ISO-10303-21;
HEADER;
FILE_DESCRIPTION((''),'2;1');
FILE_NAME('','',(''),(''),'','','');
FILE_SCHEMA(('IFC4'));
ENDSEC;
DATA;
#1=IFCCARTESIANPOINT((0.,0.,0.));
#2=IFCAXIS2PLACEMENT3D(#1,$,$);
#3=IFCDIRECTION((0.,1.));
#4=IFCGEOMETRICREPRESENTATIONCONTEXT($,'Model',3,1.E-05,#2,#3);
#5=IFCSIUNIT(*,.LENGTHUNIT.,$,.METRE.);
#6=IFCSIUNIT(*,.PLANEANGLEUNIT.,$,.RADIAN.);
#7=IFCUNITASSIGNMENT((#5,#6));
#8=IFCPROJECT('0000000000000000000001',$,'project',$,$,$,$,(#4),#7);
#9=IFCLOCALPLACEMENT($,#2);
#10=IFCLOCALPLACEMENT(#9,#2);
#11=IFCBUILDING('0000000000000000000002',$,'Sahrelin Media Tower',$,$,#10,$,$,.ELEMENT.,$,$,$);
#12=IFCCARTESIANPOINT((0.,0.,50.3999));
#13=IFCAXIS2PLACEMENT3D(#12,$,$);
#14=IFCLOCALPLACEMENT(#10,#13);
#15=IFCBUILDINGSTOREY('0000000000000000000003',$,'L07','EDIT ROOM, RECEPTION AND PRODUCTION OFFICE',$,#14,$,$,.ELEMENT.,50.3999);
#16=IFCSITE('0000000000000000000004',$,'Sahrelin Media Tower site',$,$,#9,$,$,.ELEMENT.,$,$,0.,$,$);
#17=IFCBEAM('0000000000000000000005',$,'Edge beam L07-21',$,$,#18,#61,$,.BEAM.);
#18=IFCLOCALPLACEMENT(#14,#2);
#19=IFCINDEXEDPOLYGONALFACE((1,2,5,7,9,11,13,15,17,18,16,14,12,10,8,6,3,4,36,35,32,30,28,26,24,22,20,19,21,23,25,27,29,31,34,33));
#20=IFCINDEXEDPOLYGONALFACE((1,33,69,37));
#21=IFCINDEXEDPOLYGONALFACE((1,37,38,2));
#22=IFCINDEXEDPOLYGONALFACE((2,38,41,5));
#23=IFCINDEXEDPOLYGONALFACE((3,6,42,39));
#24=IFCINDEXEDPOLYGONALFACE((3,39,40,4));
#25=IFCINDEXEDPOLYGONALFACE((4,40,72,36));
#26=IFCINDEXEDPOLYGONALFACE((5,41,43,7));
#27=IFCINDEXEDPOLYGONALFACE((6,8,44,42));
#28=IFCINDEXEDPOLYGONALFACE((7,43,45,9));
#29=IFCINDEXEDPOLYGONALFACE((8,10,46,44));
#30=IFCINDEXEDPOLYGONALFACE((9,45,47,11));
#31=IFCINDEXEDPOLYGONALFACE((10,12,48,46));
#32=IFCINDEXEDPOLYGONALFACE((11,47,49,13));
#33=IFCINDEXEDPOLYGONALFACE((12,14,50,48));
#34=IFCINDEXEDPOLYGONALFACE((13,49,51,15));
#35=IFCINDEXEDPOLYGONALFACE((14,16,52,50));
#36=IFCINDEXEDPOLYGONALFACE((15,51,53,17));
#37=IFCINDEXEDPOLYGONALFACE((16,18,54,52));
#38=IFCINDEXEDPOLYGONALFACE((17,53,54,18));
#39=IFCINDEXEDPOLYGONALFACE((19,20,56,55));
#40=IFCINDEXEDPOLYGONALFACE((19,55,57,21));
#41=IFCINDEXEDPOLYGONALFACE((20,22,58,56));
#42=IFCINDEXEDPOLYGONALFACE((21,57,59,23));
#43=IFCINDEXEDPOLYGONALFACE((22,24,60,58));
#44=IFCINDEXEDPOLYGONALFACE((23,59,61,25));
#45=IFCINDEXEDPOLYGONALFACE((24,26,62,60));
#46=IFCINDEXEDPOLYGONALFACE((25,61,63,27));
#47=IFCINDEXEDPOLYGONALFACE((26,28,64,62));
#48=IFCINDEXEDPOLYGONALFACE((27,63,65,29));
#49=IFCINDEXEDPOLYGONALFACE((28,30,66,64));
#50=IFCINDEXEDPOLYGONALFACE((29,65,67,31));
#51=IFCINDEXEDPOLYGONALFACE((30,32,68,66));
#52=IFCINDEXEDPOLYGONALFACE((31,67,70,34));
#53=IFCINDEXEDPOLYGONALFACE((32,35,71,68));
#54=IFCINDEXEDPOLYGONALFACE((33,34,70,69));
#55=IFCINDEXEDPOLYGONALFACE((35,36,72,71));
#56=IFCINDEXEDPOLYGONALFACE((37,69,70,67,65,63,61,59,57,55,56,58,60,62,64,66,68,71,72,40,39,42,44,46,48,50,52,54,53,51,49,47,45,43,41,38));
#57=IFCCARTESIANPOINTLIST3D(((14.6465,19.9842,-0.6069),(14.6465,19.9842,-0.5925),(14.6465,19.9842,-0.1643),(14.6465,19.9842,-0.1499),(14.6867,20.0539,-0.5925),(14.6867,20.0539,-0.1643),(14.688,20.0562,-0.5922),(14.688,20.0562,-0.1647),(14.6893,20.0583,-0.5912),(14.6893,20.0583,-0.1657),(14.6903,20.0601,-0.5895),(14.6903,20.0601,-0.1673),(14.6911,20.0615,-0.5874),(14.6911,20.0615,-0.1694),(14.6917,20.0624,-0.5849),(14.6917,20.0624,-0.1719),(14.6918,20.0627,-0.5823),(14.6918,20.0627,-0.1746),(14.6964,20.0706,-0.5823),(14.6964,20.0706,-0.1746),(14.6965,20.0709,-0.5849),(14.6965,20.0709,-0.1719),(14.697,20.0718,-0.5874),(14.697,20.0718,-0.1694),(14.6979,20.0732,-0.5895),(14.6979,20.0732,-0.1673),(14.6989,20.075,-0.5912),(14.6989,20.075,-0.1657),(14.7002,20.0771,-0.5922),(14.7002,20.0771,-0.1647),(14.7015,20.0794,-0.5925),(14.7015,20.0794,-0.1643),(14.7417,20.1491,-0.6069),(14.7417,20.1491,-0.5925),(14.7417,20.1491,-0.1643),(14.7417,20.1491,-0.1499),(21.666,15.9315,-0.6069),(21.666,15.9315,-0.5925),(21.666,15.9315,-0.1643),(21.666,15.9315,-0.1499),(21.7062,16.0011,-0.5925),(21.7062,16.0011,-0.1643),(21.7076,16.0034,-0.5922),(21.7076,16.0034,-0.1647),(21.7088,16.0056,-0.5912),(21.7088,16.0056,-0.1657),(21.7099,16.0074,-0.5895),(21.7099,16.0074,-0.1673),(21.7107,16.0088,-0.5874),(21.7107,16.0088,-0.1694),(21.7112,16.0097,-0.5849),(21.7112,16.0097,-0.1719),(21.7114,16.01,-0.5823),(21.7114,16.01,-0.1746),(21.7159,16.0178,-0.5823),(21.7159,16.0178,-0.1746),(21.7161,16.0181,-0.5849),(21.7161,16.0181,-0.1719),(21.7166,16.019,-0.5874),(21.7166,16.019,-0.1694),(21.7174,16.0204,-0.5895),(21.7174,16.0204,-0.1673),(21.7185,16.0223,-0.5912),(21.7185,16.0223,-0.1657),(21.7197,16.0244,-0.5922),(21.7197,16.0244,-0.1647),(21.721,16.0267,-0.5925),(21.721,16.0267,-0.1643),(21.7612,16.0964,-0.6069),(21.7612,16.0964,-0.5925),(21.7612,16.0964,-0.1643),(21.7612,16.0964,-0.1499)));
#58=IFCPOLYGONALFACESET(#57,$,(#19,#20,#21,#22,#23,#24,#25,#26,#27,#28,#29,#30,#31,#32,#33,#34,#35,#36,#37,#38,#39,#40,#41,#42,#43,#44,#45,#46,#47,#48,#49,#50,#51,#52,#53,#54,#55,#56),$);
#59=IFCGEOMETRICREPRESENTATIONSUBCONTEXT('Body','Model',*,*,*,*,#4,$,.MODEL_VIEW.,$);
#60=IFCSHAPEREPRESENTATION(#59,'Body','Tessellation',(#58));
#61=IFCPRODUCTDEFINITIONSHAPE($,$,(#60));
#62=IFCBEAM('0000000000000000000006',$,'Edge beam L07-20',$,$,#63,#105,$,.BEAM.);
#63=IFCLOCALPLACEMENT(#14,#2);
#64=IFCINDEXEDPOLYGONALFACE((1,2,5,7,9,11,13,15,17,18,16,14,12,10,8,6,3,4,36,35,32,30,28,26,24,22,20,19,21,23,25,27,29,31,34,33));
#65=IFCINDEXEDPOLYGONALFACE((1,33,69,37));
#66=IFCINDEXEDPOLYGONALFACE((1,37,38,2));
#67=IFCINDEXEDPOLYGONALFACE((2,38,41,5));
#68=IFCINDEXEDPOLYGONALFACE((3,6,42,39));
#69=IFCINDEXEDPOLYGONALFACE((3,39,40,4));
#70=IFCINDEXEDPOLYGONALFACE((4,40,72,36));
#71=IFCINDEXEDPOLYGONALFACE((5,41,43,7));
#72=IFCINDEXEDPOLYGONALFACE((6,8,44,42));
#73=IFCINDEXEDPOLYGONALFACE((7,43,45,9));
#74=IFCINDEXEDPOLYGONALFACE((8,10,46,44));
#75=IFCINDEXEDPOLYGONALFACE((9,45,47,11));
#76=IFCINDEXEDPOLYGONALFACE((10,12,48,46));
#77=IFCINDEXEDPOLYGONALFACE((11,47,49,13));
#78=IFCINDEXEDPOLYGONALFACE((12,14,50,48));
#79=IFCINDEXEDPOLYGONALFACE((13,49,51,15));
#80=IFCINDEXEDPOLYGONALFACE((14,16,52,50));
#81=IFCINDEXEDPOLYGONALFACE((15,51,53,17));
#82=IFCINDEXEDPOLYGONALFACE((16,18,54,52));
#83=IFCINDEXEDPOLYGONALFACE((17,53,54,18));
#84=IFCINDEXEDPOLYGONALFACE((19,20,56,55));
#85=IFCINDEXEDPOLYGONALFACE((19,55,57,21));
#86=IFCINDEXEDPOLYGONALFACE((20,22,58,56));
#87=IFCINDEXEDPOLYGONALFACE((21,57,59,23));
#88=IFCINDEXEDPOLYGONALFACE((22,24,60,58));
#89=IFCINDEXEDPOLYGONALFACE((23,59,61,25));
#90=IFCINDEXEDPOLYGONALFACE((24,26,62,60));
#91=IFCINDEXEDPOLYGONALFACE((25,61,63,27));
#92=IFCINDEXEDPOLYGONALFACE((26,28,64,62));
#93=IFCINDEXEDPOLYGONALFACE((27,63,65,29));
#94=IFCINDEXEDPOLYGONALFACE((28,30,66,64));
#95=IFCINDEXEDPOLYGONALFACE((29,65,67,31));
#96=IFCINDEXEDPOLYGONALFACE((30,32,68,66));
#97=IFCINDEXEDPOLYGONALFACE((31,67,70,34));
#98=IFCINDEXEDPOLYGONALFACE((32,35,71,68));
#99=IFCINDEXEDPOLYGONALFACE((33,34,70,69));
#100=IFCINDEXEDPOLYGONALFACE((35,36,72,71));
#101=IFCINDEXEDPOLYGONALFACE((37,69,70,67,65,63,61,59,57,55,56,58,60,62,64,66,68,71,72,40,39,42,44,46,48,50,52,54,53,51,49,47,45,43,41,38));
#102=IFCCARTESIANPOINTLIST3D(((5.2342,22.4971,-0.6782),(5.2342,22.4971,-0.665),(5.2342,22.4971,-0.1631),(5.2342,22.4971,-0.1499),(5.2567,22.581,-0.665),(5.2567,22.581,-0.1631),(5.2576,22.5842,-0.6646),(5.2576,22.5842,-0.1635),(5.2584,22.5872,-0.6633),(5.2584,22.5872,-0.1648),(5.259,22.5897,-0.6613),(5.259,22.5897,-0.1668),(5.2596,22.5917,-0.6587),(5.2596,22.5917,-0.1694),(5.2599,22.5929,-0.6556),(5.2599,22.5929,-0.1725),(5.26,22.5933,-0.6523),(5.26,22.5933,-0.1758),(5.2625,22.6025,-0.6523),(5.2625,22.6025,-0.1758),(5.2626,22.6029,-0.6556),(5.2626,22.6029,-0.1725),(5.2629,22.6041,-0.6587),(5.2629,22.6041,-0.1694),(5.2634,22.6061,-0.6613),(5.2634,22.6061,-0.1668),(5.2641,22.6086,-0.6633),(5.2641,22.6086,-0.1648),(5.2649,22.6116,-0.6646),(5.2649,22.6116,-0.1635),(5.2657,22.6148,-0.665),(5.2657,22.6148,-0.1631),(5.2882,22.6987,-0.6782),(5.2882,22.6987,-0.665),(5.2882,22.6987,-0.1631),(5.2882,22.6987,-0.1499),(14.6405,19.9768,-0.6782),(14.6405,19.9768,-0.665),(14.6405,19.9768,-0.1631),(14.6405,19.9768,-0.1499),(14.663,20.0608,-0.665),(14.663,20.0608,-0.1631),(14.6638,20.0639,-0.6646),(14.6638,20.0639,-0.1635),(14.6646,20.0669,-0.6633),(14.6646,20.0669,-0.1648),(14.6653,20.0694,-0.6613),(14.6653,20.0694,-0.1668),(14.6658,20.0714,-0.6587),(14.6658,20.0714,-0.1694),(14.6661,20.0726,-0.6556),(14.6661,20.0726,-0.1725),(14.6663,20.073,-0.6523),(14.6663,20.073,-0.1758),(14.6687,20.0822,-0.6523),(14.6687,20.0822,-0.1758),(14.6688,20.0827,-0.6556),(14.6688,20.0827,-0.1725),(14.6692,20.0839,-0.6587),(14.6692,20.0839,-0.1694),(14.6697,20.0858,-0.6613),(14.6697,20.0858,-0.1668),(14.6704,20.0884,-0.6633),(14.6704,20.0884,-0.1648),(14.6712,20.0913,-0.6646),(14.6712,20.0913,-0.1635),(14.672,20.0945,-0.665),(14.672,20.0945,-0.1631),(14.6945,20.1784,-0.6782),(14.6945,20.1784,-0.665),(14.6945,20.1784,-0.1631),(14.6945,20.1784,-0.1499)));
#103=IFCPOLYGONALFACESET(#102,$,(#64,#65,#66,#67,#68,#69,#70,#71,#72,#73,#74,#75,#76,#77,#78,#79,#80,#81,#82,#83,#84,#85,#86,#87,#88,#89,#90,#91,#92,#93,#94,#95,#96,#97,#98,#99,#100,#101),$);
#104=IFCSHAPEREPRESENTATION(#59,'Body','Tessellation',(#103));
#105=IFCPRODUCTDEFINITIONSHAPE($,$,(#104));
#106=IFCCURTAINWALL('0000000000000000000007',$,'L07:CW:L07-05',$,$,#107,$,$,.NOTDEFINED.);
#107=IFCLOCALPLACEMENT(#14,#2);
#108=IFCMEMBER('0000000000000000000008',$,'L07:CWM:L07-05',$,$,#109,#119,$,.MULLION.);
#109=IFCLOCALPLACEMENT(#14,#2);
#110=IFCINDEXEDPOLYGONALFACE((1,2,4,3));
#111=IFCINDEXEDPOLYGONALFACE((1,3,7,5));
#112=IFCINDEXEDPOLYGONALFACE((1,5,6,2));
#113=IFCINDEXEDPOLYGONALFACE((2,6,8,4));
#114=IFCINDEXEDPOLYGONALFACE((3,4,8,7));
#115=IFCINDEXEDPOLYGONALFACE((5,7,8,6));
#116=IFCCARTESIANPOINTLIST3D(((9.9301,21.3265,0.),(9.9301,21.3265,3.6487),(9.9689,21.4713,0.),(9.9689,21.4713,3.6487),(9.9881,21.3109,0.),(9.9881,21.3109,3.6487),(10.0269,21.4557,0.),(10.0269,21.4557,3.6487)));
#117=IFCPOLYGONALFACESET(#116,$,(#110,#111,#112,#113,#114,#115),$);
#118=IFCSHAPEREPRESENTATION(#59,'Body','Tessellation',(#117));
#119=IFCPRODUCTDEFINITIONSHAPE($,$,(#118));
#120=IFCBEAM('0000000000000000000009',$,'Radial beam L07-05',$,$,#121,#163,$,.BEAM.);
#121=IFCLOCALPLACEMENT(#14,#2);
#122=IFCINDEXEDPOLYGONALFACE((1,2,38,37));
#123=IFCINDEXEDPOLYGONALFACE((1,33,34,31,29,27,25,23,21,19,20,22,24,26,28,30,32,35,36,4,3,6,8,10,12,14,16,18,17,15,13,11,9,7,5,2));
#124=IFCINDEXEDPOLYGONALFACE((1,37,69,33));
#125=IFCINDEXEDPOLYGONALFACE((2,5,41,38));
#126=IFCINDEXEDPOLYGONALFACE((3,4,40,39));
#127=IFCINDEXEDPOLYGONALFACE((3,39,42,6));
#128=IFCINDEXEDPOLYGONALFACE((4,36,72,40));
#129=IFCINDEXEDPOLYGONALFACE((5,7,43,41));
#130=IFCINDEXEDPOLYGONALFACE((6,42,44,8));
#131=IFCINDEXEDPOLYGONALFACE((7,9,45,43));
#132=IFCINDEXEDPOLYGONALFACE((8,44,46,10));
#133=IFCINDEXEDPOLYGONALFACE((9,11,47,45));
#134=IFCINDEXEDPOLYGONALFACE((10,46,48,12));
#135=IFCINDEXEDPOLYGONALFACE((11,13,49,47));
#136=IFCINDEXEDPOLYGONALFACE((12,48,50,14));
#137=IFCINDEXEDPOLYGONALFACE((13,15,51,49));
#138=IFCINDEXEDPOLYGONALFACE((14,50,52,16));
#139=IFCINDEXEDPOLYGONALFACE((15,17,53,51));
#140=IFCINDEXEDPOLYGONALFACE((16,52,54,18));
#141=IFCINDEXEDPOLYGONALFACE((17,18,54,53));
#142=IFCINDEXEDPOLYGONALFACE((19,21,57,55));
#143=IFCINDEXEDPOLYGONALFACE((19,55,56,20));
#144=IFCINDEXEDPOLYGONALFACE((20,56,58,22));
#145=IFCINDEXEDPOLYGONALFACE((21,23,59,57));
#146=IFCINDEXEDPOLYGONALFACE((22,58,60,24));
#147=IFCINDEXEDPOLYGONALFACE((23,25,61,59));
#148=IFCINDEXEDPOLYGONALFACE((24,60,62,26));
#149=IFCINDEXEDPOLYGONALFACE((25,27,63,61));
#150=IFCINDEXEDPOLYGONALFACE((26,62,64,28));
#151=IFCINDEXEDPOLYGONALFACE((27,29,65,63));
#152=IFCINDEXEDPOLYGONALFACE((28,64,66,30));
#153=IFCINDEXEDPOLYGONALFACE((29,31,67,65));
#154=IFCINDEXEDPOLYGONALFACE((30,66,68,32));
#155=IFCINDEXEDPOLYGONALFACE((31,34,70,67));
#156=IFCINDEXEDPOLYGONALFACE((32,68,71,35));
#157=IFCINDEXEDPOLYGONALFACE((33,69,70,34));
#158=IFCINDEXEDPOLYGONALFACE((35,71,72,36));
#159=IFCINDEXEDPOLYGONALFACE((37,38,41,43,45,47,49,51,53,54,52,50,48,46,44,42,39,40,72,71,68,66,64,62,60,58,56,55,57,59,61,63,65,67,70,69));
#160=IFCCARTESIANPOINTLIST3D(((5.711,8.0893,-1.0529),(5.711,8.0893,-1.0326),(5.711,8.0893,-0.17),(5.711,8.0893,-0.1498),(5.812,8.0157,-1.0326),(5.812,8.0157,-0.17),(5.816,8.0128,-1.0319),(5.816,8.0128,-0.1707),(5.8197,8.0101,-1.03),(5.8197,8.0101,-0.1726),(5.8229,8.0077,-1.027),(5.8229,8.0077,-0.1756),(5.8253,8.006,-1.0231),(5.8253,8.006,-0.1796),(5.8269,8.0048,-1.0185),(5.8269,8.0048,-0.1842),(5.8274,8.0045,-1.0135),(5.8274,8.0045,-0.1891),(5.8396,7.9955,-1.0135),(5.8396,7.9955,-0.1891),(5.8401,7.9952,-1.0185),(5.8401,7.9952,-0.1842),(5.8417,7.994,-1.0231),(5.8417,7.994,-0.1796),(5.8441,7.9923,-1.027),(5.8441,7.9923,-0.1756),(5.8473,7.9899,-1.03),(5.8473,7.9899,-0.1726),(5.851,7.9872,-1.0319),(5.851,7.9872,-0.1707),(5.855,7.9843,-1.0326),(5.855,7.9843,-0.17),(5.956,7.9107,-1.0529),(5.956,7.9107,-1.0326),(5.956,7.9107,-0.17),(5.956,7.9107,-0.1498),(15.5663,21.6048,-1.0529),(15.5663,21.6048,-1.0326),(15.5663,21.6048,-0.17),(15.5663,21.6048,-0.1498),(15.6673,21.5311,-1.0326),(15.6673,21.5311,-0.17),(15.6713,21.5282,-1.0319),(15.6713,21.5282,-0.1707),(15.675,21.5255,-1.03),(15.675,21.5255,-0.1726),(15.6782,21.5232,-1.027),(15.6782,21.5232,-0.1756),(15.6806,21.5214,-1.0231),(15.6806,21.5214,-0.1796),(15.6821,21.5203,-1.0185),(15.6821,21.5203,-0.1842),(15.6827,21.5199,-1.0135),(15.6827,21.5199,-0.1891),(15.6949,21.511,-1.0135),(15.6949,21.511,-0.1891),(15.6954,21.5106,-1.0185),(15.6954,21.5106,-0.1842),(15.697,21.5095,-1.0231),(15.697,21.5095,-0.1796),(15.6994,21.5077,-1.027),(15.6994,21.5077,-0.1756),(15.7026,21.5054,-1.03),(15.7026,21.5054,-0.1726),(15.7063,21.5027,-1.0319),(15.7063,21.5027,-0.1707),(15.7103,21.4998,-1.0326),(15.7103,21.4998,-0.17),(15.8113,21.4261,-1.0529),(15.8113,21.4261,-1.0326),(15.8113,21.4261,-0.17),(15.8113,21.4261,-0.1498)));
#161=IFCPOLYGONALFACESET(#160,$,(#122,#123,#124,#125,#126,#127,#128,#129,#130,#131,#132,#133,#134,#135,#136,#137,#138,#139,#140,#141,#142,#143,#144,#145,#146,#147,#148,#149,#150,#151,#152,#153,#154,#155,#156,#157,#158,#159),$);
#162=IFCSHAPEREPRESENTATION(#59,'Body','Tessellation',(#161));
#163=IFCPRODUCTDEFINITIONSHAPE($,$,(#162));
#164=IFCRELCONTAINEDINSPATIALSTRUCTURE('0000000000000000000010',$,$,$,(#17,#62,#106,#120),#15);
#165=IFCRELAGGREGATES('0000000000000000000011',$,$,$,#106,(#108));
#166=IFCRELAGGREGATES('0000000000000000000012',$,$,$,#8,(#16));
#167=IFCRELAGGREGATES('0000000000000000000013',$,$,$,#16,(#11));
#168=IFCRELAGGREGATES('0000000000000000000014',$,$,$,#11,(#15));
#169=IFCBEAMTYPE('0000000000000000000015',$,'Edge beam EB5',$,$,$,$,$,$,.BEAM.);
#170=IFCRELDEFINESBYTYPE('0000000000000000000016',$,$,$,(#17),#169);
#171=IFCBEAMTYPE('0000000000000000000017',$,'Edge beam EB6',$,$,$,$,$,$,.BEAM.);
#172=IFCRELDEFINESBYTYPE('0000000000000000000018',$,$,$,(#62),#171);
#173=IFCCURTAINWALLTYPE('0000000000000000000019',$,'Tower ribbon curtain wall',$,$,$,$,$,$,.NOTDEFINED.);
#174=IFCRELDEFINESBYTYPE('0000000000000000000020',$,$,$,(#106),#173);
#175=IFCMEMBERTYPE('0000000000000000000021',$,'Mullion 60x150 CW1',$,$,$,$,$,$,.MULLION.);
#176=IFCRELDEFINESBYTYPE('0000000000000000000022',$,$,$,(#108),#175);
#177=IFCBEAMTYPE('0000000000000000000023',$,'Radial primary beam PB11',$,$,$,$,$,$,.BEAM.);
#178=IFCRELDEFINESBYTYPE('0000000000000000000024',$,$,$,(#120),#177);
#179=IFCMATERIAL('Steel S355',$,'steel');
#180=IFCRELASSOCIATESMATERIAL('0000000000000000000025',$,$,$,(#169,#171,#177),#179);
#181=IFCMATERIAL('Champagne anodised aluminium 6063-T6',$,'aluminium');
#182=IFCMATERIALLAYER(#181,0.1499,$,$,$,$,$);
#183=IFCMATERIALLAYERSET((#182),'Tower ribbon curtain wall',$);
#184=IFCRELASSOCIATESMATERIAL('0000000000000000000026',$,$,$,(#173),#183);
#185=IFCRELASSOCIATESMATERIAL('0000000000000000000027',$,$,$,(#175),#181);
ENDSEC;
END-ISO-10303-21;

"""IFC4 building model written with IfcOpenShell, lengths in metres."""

from ifc_helpers import new_model, si_unit, direction, frame, origin, origin_2d, place, context, subcontext, project, spatial, rectangle, i_section, extrude, material, layer, layer_set, material_profile, profile_set, type_object, element, aggregate, save


model = new_model("IFC4")

# Units and contexts
model_context = context("Model", 3, precision=1e-05, world=origin(), true_north=direction((0.0, 1.0)))
body_context = subcontext(model_context, "Body", "Model", "MODEL_VIEW")
ifc_project = project(units=[si_unit("LENGTHUNIT", "METRE"), si_unit("PLANEANGLEUNIT", "RADIAN")], contexts=[model_context])

# Site, building, storey
site_placement = place(None, origin())
site = spatial("IfcSite", under=ifc_project, at=site_placement, Name="Sahrelin Media Tower site", CompositionType="ELEMENT", RefElevation=0.0)
building_placement = place(site_placement, origin())
building = spatial("IfcBuilding", under=site, at=building_placement, Name="Sahrelin Media Tower", CompositionType="ELEMENT")
storey_placement = place(building_placement, frame((0.0, 0.0, 50.3999)))
storey = spatial("IfcBuildingStorey", under=building, at=storey_placement, Name="L07", Description="EDIT ROOM, RECEPTION AND PRODUCTION OFFICE", CompositionType="ELEMENT", Elevation=50.3999)

# Beams
ifc_material_1 = material(Name="Steel S355", Category="steel")
ifc_material_profile_1 = material_profile(ifc_material_1, i_section(OverallWidth=0.1904, OverallDepth=0.457, WebThickness=0.009, FlangeThickness=0.0144, FilletRadius=0.0103, at=origin_2d()), Name="UB 457x191x74")
ifc_profile_set_1 = profile_set([ifc_material_profile_1], Name="Steel S355")
beam_type_1 = type_object("IfcBeamType", Name="Edge beam EB5", PredefinedType="BEAM", material=ifc_profile_set_1)
beam_1_placement = place(storey_placement, frame((14.6941, 20.0667, -0.3784), z_axis=(0.866025, -0.500001, 0.0), x_axis=(0.500001, 0.866025, 0.0)))
element("IfcBeam", 1, at=beam_1_placement, inside=storey, type_object=beam_type_1, Name="Edge beam L07-21", PredefinedType="BEAM", context=body_context, shape_type="SweptSolid", body=[
    extrude(i_section(OverallWidth=0.1904, OverallDepth=0.457, WebThickness=0.009, FlangeThickness=0.0144, FilletRadius=0.0103, at=origin_2d()), origin(), (0.0, 0.0, 1.0), 8.1055),
])
ifc_material_profile_2 = material_profile(ifc_material_1, i_section(OverallWidth=0.2087, OverallDepth=0.5283, WebThickness=0.0095, FlangeThickness=0.0132, FilletRadius=0.0127, at=origin_2d()), Name="UB 533x210x82")
ifc_profile_set_2 = profile_set([ifc_material_profile_2], Name="Steel S355")
beam_type_2 = type_object("IfcBeamType", Name="Edge beam EB6", PredefinedType="BEAM", material=ifc_profile_set_2)
beam_2_placement = place(storey_placement, frame((5.2612, 22.5979, -0.4141), z_axis=(0.965929, -0.258806, 0.0), x_axis=(0.258806, 0.965929, 0.0)))
element("IfcBeam", 2, at=beam_2_placement, inside=storey, type_object=beam_type_2, Name="Edge beam L07-20", PredefinedType="BEAM", context=body_context, shape_type="SweptSolid", body=[
    extrude(i_section(OverallWidth=0.2087, OverallDepth=0.5283, WebThickness=0.0095, FlangeThickness=0.0132, FilletRadius=0.0127, at=origin_2d()), origin(), (0.0, 0.0, 1.0), 9.738),
])

# Curtain wall, member
ifc_material_2 = material(Name="Champagne anodised aluminium 6063-T6", Category="aluminium")
ifc_layer_1 = layer(ifc_material_2, 0.1499)
ifc_layer_set_1 = layer_set([ifc_layer_1], Name="Tower ribbon curtain wall")
curtain_wall_type = type_object("IfcCurtainWallType", Name="Tower ribbon curtain wall", PredefinedType="NOTDEFINED", material=ifc_layer_set_1)
curtain_wall_1_placement = place(storey_placement, frame((10.0032, 21.4829, 0.0), z_axis=(0.0, 0.0, 1.0), x_axis=(1.0, 0.0, 0.0)))
curtain_wall_1 = element("IfcCurtainWall", 3, at=curtain_wall_1_placement, inside=storey, type_object=curtain_wall_type, Name="L07:CW:L07-05", PredefinedType="NOTDEFINED")
ifc_material_profile_3 = material_profile(ifc_material_2, rectangle(XDim=0.0601, YDim=0.1499, at=origin_2d()), Name="Mullion 60x150")
ifc_profile_set_3 = profile_set([ifc_material_profile_3], Name="Champagne anodised aluminium 6063-T6")
member_type_1 = type_object("IfcMemberType", Name="Mullion 60x150 CW1", PredefinedType="MULLION", material=ifc_profile_set_3)
member_1_placement = place(storey_placement, frame((9.9785, 21.3911, 0.0), z_axis=(0.0, 0.0, 1.0), x_axis=(-0.965927, 0.258814, 0.0)))
member_1 = element("IfcMember", 4, at=member_1_placement, type_object=member_type_1, Name="L07:CWM:L07-05", PredefinedType="MULLION", context=body_context, shape_type="SweptSolid", body=[
    extrude(rectangle(XDim=0.0601, YDim=0.1499, at=origin_2d()), origin(), (0.0, 0.0, 1.0), 3.6487),
])

# Beam
ifc_material_profile_4 = material_profile(ifc_material_1, i_section(OverallWidth=0.3032, OverallDepth=0.9031, WebThickness=0.0151, FlangeThickness=0.0203, FilletRadius=0.019, at=origin_2d()), Name="UB 914x305x201")
ifc_profile_set_4 = profile_set([ifc_material_profile_4], Name="Steel S355")
beam_type_3 = type_object("IfcBeamType", Name="Radial primary beam PB11", PredefinedType="BEAM", material=ifc_profile_set_4)
beam_3_placement = place(storey_placement, frame((5.8335, 8.0, -0.6013), z_axis=(0.589182, 0.808, 0.0), x_axis=(-0.808, 0.589182, 0.0)))
element("IfcBeam", 5, at=beam_3_placement, inside=storey, type_object=beam_type_3, Name="Radial beam L07-05", PredefinedType="BEAM", context=body_context, shape_type="SweptSolid", body=[
    extrude(i_section(OverallWidth=0.3032, OverallDepth=0.9031, WebThickness=0.0151, FlangeThickness=0.0203, FilletRadius=0.019, at=origin_2d()), origin(), (0.0, 0.0, 1.0), 16.7271),
])

aggregate(curtain_wall_1, [member_1])

save(model, "model.ifc")
